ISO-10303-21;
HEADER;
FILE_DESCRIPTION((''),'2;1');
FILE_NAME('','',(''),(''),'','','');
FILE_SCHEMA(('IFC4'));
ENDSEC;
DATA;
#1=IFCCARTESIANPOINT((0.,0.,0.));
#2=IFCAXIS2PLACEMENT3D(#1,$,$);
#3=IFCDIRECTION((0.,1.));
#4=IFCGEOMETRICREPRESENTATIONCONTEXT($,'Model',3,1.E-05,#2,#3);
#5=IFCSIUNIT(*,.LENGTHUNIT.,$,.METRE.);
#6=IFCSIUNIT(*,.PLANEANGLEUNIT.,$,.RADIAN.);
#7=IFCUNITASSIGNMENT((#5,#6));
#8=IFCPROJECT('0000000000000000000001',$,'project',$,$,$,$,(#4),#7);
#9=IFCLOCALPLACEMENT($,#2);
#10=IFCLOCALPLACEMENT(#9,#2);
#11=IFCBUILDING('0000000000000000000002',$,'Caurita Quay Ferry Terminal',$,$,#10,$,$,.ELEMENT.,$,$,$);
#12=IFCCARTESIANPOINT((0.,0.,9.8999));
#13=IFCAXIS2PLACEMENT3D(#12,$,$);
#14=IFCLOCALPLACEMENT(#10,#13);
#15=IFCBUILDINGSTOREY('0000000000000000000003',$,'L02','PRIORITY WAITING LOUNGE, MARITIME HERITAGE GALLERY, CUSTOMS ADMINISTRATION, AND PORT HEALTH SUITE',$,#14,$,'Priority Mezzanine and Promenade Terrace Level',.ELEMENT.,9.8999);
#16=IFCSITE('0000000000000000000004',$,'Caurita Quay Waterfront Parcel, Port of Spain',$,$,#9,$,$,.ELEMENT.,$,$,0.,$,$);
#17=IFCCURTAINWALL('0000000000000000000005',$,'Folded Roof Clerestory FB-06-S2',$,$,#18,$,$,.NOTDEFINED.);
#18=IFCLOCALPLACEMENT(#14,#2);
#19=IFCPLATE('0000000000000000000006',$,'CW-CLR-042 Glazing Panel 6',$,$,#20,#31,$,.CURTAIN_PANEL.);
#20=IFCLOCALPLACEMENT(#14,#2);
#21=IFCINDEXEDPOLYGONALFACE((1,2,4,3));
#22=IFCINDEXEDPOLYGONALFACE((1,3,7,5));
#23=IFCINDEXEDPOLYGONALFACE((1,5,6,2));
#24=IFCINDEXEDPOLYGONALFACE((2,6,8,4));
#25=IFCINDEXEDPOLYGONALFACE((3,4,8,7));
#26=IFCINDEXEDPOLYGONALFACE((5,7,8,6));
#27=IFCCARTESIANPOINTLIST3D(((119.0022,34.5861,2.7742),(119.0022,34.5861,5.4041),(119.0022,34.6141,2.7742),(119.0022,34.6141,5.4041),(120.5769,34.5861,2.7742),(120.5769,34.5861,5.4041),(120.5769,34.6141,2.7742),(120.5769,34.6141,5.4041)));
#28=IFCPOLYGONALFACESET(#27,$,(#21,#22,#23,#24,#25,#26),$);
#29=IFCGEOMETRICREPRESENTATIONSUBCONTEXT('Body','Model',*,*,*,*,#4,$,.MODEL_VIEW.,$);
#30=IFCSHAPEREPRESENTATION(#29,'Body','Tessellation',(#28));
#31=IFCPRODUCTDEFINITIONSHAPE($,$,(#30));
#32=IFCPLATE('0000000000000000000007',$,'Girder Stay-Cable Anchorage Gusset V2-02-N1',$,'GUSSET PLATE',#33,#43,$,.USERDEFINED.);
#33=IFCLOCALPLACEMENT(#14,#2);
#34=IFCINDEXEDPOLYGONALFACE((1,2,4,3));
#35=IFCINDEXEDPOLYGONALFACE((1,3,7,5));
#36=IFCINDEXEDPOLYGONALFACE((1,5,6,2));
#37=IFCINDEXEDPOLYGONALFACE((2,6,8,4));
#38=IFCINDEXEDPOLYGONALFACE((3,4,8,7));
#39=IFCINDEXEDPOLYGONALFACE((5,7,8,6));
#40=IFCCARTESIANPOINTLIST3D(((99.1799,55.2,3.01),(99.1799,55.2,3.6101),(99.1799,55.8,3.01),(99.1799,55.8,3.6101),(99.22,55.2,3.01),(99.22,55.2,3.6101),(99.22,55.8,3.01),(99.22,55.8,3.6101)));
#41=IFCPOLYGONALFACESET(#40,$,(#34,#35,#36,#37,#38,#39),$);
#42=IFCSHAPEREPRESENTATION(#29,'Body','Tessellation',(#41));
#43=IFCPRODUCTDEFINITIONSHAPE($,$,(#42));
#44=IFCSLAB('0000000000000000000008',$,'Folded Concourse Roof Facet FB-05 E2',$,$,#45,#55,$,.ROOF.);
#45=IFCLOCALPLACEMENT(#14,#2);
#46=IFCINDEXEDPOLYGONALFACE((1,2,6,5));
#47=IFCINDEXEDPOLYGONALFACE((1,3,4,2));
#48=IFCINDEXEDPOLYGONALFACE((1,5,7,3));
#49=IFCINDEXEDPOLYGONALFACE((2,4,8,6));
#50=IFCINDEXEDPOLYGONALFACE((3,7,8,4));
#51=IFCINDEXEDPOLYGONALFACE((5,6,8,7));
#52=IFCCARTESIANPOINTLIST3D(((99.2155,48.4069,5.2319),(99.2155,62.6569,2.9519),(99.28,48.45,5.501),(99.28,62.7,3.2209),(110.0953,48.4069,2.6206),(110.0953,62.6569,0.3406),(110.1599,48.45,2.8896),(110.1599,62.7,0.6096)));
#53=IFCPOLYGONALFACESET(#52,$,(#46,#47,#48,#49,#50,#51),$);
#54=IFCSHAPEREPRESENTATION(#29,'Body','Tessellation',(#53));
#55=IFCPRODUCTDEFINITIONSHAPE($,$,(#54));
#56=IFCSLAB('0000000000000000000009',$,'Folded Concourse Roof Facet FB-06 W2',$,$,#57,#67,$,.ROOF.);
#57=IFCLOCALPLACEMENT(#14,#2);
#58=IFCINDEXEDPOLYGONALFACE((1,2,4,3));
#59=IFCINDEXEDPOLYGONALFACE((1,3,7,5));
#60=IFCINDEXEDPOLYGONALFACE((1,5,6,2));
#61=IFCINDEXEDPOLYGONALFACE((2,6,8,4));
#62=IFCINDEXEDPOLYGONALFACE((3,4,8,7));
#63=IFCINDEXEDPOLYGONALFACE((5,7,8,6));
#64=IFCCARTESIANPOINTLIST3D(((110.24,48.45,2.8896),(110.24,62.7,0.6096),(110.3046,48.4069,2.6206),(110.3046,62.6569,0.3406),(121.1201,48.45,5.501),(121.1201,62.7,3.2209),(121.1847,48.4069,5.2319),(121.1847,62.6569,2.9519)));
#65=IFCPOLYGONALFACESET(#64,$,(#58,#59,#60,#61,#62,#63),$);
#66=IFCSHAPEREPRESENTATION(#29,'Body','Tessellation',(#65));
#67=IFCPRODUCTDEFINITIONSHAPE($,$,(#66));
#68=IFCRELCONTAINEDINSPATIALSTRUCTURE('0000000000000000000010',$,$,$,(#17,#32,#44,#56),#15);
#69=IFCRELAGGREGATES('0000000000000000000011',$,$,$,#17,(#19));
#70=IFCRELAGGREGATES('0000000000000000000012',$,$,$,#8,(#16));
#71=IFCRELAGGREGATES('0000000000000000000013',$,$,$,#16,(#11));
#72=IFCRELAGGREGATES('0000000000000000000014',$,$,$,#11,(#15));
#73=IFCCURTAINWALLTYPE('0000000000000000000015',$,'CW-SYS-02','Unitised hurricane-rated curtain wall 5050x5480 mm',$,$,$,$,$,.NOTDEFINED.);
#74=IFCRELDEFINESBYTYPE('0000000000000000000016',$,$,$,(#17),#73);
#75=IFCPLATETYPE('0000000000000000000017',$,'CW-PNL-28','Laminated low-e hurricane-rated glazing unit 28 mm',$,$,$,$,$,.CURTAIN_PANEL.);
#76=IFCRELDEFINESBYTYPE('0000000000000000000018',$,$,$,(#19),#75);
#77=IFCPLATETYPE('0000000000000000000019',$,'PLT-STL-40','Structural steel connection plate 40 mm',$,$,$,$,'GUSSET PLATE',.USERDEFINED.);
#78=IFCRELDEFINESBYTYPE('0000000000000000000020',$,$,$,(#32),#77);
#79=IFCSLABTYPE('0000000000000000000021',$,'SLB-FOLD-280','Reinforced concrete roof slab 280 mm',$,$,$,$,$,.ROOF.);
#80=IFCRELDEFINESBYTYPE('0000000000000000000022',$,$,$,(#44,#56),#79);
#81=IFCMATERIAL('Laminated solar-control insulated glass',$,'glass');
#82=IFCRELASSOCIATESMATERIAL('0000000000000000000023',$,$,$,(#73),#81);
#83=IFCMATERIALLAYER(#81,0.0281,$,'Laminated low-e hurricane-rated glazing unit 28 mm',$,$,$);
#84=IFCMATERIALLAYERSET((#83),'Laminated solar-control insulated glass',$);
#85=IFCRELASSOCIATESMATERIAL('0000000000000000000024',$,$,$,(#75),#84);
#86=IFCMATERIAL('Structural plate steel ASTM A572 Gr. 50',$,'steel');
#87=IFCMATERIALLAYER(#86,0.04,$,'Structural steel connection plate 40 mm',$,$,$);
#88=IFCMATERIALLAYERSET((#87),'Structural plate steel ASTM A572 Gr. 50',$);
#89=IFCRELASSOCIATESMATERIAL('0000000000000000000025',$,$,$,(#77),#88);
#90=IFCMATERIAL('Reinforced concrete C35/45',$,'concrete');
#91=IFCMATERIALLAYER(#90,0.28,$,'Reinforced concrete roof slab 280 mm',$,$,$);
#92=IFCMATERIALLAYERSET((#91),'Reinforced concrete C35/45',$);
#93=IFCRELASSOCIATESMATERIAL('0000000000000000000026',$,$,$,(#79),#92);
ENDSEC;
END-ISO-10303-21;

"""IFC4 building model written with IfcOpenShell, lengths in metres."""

from ifc_helpers import new_model, si_unit, direction, frame, origin, origin_2d, place, context, subcontext, project, spatial, polyline, rectangle, outline, extrude, material, layer, layer_set, type_object, element, aggregate, save


model = new_model("IFC4")

# Units and contexts
model_context = context("Model", 3, precision=1e-05, world=origin(), true_north=direction((0.0, 1.0)))
body_context = subcontext(model_context, "Body", "Model", "MODEL_VIEW")
ifc_project = project(units=[si_unit("LENGTHUNIT", "METRE"), si_unit("PLANEANGLEUNIT", "RADIAN")], contexts=[model_context])

# Site, building, storey
site_placement = place(None, origin())
site = spatial("IfcSite", under=ifc_project, at=site_placement, Name="Caurita Quay Waterfront Parcel, Port of Spain", CompositionType="ELEMENT", RefElevation=0.0)
building_placement = place(site_placement, origin())
building = spatial("IfcBuilding", under=site, at=building_placement, Name="Caurita Quay Ferry Terminal", CompositionType="ELEMENT")
storey_placement = place(building_placement, frame((0.0, 0.0, 9.8999)))
storey = spatial("IfcBuildingStorey", under=building, at=storey_placement, Name="L02", Description="PRIORITY WAITING LOUNGE, MARITIME HERITAGE GALLERY, CUSTOMS ADMINISTRATION, AND PORT HEALTH SUITE", LongName="Priority Mezzanine and Promenade Terrace Level", CompositionType="ELEMENT", Elevation=9.8999)

# Curtain wall
ifc_material_1 = material(Name="Laminated solar-control insulated glass", Category="glass")
curtain_wall_type_1 = type_object("IfcCurtainWallType", Name="CW-SYS-02", Description="Unitised hurricane-rated curtain wall 5050x5480 mm", PredefinedType="NOTDEFINED", material=ifc_material_1)
curtain_wall_1_placement = place(storey_placement, origin())
curtain_wall_1 = element("IfcCurtainWall", 1, at=curtain_wall_1_placement, inside=storey, type_object=curtain_wall_type_1, Name="Folded Roof Clerestory FB-06-S2", PredefinedType="NOTDEFINED")

# Plates
ifc_layer_1 = layer(ifc_material_1, 0.0281, Name="Laminated low-e hurricane-rated glazing unit 28 mm")
ifc_layer_set_1 = layer_set([ifc_layer_1], Name="Laminated solar-control insulated glass")
plate_type_1 = type_object("IfcPlateType", Name="CW-PNL-28", Description="Laminated low-e hurricane-rated glazing unit 28 mm", PredefinedType="CURTAIN_PANEL", material=ifc_layer_set_1)
plate_1_placement = place(storey_placement, frame((119.7896, 34.6001, 2.7742), z_axis=(0.0, 0.0, 1.0), x_axis=(1.0, 0.0, 0.0)))
plate_1 = element("IfcPlate", 2, at=plate_1_placement, type_object=plate_type_1, Name="CW-CLR-042 Glazing Panel 6", PredefinedType="CURTAIN_PANEL", context=body_context, shape_type="SweptSolid", body=[
    extrude(rectangle(XDim=1.5747, YDim=0.0281, at=origin_2d()), origin(), (0.0, 0.0, 1.0), 2.6299),
])
aggregate(curtain_wall_1, [plate_1])
ifc_material_2 = material(Name="Structural plate steel ASTM A572 Gr. 50", Category="steel")
ifc_layer_2 = layer(ifc_material_2, 0.04, Name="Structural steel connection plate 40 mm")
ifc_layer_set_2 = layer_set([ifc_layer_2], Name="Structural plate steel ASTM A572 Gr. 50")
plate_type_2 = type_object("IfcPlateType", Name="PLT-STL-40", Description="Structural steel connection plate 40 mm", ElementType="GUSSET PLATE", PredefinedType="USERDEFINED", material=ifc_layer_set_2)
plate_2_placement = place(storey_placement, frame((99.2, 55.5, 3.01), z_axis=(0.0, 0.0, 1.0), x_axis=(1.0, 0.0, 0.0)))
element("IfcPlate", 3, at=plate_2_placement, inside=storey, type_object=plate_type_2, Name="Girder Stay-Cable Anchorage Gusset V2-02-N1", ObjectType="GUSSET PLATE", PredefinedType="USERDEFINED", context=body_context, shape_type="SweptSolid", body=[
    extrude(rectangle(XDim=0.04, YDim=0.6001, at=origin_2d()), origin(), (0.0, 0.0, 1.0), 0.6001),
])

# Slabs
ifc_material_3 = material(Name="Reinforced concrete C35/45", Category="concrete")
ifc_layer_3 = layer(ifc_material_3, 0.28, Name="Reinforced concrete roof slab 280 mm")
ifc_layer_set_3 = layer_set([ifc_layer_3], Name="Reinforced concrete C35/45")
slab_type = type_object("IfcSlabType", Name="SLB-FOLD-280", Description="Reinforced concrete roof slab 280 mm", PredefinedType="ROOF", material=ifc_layer_set_3)
slab_1_placement = place(storey_placement, frame((99.28, 48.45, 5.501), z_axis=(0.230612, 0.153734, 0.960825), x_axis=(0.972384, 0.0, -0.233386)))
element("IfcSlab", 4, at=slab_1_placement, inside=storey, type_object=slab_type, Name="Folded Concourse Roof Facet FB-05 E2", PredefinedType="ROOF", context=body_context, shape_type="SweptSolid", body=[
    extrude(outline(polyline([(0.0, 0.0), (11.1889, 0.0), (11.721, 14.4214), (0.5321, 14.4214), (0.0, 0.0)])), origin(), (0.0, 0.0, -1.0), 0.28),
])
slab_2_placement = place(storey_placement, frame((110.24, 48.45, 2.8896), z_axis=(-0.230607, 0.153734, 0.960826), x_axis=(0.972385, 0.0, 0.233381)))
element("IfcSlab", 5, at=slab_2_placement, inside=storey, type_object=slab_type, Name="Folded Concourse Roof Facet FB-06 W2", PredefinedType="ROOF", context=body_context, shape_type="SweptSolid", body=[
    extrude(outline(polyline([(0.0, 0.0), (11.1891, 0.0), (10.657, 14.4214), (-0.5321, 14.4214), (0.0, 0.0)])), origin(), (0.0, 0.0, -1.0), 0.28),
])

save(model, "model.ifc")
